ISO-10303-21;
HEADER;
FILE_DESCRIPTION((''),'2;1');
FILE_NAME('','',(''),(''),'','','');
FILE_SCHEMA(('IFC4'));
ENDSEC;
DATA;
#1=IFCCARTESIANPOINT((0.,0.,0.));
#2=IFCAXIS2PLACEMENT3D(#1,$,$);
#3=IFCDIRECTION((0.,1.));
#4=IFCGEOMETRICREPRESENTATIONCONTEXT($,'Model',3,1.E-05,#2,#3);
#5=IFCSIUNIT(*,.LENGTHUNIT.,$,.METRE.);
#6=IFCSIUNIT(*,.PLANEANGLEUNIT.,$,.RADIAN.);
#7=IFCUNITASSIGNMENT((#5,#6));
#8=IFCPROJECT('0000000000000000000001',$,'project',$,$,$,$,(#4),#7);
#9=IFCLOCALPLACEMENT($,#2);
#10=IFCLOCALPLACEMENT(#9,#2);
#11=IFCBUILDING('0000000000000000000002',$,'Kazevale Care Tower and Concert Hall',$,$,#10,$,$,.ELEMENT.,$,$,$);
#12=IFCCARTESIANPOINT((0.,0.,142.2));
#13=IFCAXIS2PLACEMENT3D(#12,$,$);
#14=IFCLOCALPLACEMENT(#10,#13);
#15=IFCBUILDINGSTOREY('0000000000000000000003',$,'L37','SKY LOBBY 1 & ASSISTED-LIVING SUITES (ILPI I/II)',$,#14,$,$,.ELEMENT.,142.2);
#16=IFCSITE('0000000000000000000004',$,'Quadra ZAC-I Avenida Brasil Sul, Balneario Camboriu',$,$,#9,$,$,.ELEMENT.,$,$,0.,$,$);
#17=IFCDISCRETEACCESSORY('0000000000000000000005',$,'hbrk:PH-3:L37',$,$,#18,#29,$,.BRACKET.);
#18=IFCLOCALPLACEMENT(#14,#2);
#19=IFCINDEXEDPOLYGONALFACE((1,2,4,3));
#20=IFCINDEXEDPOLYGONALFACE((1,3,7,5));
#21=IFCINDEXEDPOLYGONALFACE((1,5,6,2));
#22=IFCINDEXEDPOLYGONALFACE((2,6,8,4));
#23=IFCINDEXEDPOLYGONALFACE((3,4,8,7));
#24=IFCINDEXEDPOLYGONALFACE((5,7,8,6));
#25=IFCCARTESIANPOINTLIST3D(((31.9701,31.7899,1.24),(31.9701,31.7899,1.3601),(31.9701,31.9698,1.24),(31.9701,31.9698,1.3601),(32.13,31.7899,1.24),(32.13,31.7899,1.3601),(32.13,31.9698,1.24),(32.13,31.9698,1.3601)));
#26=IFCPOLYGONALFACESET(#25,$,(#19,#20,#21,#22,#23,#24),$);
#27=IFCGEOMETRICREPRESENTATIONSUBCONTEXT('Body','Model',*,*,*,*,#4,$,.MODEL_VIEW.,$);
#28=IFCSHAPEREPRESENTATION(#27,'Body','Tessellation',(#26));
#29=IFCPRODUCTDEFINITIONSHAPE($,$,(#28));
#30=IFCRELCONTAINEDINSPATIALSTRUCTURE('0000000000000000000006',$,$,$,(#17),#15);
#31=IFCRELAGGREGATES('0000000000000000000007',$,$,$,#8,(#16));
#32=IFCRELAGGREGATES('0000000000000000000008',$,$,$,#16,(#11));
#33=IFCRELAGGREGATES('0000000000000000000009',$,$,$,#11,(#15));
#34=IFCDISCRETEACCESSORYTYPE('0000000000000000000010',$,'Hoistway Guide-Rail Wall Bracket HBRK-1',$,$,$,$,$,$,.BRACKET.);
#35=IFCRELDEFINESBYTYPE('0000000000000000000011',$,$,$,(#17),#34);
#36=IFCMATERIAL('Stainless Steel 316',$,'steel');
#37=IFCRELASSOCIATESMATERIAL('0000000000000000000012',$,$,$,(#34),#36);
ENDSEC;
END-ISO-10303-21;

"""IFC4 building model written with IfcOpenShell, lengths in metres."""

from ifc_helpers import new_model, si_unit, direction, frame, origin, origin_2d, place, context, subcontext, project, spatial, rectangle, extrude, material, type_object, element, save


model = new_model("IFC4")

# Units and contexts
model_context = context("Model", 3, precision=1e-05, world=origin(), true_north=direction((0.0, 1.0)))
body_context = subcontext(model_context, "Body", "Model", "MODEL_VIEW")
ifc_project = project(units=[si_unit("LENGTHUNIT", "METRE"), si_unit("PLANEANGLEUNIT", "RADIAN")], contexts=[model_context])

# Site, building, storey
site_placement = place(None, origin())
site = spatial("IfcSite", under=ifc_project, at=site_placement, Name="Quadra ZAC-I Avenida Brasil Sul, Balneario Camboriu", CompositionType="ELEMENT", RefElevation=0.0)
building_placement = place(site_placement, origin())
building = spatial("IfcBuilding", under=site, at=building_placement, Name="Kazevale Care Tower and Concert Hall", CompositionType="ELEMENT")
storey_placement = place(building_placement, frame((0.0, 0.0, 142.2)))
storey = spatial("IfcBuildingStorey", under=building, at=storey_placement, Name="L37", Description="SKY LOBBY 1 & ASSISTED-LIVING SUITES (ILPI I/II)", CompositionType="ELEMENT", Elevation=142.2)

# Shared definitions
ifc_material_1 = material(Name="Stainless Steel 316", Category="steel")

# Discrete accessory
discrete_accessory_type = type_object("IfcDiscreteAccessoryType", Name="Hoistway Guide-Rail Wall Bracket HBRK-1", PredefinedType="BRACKET", material=ifc_material_1)
for number, where, z_axis, x_axis, name in (
    (1, (32.05, 31.8799, 1.24), (0.0, 0.0, 1.0), (1.0, 0.0, 0.0), "hbrk:PH-3:L37"),
):
    element("IfcDiscreteAccessory", number, at=place(storey_placement, frame(where, z_axis=z_axis, x_axis=x_axis)), inside=storey, type_object=discrete_accessory_type, Name=name, PredefinedType="BRACKET", context=body_context, shape_type="SweptSolid", body=[
        extrude(rectangle(XDim=0.1599, YDim=0.1799, at=origin_2d()), origin(), (0.0, 0.0, 1.0), 0.1201),
    ])

save(model, "model.ifc")
